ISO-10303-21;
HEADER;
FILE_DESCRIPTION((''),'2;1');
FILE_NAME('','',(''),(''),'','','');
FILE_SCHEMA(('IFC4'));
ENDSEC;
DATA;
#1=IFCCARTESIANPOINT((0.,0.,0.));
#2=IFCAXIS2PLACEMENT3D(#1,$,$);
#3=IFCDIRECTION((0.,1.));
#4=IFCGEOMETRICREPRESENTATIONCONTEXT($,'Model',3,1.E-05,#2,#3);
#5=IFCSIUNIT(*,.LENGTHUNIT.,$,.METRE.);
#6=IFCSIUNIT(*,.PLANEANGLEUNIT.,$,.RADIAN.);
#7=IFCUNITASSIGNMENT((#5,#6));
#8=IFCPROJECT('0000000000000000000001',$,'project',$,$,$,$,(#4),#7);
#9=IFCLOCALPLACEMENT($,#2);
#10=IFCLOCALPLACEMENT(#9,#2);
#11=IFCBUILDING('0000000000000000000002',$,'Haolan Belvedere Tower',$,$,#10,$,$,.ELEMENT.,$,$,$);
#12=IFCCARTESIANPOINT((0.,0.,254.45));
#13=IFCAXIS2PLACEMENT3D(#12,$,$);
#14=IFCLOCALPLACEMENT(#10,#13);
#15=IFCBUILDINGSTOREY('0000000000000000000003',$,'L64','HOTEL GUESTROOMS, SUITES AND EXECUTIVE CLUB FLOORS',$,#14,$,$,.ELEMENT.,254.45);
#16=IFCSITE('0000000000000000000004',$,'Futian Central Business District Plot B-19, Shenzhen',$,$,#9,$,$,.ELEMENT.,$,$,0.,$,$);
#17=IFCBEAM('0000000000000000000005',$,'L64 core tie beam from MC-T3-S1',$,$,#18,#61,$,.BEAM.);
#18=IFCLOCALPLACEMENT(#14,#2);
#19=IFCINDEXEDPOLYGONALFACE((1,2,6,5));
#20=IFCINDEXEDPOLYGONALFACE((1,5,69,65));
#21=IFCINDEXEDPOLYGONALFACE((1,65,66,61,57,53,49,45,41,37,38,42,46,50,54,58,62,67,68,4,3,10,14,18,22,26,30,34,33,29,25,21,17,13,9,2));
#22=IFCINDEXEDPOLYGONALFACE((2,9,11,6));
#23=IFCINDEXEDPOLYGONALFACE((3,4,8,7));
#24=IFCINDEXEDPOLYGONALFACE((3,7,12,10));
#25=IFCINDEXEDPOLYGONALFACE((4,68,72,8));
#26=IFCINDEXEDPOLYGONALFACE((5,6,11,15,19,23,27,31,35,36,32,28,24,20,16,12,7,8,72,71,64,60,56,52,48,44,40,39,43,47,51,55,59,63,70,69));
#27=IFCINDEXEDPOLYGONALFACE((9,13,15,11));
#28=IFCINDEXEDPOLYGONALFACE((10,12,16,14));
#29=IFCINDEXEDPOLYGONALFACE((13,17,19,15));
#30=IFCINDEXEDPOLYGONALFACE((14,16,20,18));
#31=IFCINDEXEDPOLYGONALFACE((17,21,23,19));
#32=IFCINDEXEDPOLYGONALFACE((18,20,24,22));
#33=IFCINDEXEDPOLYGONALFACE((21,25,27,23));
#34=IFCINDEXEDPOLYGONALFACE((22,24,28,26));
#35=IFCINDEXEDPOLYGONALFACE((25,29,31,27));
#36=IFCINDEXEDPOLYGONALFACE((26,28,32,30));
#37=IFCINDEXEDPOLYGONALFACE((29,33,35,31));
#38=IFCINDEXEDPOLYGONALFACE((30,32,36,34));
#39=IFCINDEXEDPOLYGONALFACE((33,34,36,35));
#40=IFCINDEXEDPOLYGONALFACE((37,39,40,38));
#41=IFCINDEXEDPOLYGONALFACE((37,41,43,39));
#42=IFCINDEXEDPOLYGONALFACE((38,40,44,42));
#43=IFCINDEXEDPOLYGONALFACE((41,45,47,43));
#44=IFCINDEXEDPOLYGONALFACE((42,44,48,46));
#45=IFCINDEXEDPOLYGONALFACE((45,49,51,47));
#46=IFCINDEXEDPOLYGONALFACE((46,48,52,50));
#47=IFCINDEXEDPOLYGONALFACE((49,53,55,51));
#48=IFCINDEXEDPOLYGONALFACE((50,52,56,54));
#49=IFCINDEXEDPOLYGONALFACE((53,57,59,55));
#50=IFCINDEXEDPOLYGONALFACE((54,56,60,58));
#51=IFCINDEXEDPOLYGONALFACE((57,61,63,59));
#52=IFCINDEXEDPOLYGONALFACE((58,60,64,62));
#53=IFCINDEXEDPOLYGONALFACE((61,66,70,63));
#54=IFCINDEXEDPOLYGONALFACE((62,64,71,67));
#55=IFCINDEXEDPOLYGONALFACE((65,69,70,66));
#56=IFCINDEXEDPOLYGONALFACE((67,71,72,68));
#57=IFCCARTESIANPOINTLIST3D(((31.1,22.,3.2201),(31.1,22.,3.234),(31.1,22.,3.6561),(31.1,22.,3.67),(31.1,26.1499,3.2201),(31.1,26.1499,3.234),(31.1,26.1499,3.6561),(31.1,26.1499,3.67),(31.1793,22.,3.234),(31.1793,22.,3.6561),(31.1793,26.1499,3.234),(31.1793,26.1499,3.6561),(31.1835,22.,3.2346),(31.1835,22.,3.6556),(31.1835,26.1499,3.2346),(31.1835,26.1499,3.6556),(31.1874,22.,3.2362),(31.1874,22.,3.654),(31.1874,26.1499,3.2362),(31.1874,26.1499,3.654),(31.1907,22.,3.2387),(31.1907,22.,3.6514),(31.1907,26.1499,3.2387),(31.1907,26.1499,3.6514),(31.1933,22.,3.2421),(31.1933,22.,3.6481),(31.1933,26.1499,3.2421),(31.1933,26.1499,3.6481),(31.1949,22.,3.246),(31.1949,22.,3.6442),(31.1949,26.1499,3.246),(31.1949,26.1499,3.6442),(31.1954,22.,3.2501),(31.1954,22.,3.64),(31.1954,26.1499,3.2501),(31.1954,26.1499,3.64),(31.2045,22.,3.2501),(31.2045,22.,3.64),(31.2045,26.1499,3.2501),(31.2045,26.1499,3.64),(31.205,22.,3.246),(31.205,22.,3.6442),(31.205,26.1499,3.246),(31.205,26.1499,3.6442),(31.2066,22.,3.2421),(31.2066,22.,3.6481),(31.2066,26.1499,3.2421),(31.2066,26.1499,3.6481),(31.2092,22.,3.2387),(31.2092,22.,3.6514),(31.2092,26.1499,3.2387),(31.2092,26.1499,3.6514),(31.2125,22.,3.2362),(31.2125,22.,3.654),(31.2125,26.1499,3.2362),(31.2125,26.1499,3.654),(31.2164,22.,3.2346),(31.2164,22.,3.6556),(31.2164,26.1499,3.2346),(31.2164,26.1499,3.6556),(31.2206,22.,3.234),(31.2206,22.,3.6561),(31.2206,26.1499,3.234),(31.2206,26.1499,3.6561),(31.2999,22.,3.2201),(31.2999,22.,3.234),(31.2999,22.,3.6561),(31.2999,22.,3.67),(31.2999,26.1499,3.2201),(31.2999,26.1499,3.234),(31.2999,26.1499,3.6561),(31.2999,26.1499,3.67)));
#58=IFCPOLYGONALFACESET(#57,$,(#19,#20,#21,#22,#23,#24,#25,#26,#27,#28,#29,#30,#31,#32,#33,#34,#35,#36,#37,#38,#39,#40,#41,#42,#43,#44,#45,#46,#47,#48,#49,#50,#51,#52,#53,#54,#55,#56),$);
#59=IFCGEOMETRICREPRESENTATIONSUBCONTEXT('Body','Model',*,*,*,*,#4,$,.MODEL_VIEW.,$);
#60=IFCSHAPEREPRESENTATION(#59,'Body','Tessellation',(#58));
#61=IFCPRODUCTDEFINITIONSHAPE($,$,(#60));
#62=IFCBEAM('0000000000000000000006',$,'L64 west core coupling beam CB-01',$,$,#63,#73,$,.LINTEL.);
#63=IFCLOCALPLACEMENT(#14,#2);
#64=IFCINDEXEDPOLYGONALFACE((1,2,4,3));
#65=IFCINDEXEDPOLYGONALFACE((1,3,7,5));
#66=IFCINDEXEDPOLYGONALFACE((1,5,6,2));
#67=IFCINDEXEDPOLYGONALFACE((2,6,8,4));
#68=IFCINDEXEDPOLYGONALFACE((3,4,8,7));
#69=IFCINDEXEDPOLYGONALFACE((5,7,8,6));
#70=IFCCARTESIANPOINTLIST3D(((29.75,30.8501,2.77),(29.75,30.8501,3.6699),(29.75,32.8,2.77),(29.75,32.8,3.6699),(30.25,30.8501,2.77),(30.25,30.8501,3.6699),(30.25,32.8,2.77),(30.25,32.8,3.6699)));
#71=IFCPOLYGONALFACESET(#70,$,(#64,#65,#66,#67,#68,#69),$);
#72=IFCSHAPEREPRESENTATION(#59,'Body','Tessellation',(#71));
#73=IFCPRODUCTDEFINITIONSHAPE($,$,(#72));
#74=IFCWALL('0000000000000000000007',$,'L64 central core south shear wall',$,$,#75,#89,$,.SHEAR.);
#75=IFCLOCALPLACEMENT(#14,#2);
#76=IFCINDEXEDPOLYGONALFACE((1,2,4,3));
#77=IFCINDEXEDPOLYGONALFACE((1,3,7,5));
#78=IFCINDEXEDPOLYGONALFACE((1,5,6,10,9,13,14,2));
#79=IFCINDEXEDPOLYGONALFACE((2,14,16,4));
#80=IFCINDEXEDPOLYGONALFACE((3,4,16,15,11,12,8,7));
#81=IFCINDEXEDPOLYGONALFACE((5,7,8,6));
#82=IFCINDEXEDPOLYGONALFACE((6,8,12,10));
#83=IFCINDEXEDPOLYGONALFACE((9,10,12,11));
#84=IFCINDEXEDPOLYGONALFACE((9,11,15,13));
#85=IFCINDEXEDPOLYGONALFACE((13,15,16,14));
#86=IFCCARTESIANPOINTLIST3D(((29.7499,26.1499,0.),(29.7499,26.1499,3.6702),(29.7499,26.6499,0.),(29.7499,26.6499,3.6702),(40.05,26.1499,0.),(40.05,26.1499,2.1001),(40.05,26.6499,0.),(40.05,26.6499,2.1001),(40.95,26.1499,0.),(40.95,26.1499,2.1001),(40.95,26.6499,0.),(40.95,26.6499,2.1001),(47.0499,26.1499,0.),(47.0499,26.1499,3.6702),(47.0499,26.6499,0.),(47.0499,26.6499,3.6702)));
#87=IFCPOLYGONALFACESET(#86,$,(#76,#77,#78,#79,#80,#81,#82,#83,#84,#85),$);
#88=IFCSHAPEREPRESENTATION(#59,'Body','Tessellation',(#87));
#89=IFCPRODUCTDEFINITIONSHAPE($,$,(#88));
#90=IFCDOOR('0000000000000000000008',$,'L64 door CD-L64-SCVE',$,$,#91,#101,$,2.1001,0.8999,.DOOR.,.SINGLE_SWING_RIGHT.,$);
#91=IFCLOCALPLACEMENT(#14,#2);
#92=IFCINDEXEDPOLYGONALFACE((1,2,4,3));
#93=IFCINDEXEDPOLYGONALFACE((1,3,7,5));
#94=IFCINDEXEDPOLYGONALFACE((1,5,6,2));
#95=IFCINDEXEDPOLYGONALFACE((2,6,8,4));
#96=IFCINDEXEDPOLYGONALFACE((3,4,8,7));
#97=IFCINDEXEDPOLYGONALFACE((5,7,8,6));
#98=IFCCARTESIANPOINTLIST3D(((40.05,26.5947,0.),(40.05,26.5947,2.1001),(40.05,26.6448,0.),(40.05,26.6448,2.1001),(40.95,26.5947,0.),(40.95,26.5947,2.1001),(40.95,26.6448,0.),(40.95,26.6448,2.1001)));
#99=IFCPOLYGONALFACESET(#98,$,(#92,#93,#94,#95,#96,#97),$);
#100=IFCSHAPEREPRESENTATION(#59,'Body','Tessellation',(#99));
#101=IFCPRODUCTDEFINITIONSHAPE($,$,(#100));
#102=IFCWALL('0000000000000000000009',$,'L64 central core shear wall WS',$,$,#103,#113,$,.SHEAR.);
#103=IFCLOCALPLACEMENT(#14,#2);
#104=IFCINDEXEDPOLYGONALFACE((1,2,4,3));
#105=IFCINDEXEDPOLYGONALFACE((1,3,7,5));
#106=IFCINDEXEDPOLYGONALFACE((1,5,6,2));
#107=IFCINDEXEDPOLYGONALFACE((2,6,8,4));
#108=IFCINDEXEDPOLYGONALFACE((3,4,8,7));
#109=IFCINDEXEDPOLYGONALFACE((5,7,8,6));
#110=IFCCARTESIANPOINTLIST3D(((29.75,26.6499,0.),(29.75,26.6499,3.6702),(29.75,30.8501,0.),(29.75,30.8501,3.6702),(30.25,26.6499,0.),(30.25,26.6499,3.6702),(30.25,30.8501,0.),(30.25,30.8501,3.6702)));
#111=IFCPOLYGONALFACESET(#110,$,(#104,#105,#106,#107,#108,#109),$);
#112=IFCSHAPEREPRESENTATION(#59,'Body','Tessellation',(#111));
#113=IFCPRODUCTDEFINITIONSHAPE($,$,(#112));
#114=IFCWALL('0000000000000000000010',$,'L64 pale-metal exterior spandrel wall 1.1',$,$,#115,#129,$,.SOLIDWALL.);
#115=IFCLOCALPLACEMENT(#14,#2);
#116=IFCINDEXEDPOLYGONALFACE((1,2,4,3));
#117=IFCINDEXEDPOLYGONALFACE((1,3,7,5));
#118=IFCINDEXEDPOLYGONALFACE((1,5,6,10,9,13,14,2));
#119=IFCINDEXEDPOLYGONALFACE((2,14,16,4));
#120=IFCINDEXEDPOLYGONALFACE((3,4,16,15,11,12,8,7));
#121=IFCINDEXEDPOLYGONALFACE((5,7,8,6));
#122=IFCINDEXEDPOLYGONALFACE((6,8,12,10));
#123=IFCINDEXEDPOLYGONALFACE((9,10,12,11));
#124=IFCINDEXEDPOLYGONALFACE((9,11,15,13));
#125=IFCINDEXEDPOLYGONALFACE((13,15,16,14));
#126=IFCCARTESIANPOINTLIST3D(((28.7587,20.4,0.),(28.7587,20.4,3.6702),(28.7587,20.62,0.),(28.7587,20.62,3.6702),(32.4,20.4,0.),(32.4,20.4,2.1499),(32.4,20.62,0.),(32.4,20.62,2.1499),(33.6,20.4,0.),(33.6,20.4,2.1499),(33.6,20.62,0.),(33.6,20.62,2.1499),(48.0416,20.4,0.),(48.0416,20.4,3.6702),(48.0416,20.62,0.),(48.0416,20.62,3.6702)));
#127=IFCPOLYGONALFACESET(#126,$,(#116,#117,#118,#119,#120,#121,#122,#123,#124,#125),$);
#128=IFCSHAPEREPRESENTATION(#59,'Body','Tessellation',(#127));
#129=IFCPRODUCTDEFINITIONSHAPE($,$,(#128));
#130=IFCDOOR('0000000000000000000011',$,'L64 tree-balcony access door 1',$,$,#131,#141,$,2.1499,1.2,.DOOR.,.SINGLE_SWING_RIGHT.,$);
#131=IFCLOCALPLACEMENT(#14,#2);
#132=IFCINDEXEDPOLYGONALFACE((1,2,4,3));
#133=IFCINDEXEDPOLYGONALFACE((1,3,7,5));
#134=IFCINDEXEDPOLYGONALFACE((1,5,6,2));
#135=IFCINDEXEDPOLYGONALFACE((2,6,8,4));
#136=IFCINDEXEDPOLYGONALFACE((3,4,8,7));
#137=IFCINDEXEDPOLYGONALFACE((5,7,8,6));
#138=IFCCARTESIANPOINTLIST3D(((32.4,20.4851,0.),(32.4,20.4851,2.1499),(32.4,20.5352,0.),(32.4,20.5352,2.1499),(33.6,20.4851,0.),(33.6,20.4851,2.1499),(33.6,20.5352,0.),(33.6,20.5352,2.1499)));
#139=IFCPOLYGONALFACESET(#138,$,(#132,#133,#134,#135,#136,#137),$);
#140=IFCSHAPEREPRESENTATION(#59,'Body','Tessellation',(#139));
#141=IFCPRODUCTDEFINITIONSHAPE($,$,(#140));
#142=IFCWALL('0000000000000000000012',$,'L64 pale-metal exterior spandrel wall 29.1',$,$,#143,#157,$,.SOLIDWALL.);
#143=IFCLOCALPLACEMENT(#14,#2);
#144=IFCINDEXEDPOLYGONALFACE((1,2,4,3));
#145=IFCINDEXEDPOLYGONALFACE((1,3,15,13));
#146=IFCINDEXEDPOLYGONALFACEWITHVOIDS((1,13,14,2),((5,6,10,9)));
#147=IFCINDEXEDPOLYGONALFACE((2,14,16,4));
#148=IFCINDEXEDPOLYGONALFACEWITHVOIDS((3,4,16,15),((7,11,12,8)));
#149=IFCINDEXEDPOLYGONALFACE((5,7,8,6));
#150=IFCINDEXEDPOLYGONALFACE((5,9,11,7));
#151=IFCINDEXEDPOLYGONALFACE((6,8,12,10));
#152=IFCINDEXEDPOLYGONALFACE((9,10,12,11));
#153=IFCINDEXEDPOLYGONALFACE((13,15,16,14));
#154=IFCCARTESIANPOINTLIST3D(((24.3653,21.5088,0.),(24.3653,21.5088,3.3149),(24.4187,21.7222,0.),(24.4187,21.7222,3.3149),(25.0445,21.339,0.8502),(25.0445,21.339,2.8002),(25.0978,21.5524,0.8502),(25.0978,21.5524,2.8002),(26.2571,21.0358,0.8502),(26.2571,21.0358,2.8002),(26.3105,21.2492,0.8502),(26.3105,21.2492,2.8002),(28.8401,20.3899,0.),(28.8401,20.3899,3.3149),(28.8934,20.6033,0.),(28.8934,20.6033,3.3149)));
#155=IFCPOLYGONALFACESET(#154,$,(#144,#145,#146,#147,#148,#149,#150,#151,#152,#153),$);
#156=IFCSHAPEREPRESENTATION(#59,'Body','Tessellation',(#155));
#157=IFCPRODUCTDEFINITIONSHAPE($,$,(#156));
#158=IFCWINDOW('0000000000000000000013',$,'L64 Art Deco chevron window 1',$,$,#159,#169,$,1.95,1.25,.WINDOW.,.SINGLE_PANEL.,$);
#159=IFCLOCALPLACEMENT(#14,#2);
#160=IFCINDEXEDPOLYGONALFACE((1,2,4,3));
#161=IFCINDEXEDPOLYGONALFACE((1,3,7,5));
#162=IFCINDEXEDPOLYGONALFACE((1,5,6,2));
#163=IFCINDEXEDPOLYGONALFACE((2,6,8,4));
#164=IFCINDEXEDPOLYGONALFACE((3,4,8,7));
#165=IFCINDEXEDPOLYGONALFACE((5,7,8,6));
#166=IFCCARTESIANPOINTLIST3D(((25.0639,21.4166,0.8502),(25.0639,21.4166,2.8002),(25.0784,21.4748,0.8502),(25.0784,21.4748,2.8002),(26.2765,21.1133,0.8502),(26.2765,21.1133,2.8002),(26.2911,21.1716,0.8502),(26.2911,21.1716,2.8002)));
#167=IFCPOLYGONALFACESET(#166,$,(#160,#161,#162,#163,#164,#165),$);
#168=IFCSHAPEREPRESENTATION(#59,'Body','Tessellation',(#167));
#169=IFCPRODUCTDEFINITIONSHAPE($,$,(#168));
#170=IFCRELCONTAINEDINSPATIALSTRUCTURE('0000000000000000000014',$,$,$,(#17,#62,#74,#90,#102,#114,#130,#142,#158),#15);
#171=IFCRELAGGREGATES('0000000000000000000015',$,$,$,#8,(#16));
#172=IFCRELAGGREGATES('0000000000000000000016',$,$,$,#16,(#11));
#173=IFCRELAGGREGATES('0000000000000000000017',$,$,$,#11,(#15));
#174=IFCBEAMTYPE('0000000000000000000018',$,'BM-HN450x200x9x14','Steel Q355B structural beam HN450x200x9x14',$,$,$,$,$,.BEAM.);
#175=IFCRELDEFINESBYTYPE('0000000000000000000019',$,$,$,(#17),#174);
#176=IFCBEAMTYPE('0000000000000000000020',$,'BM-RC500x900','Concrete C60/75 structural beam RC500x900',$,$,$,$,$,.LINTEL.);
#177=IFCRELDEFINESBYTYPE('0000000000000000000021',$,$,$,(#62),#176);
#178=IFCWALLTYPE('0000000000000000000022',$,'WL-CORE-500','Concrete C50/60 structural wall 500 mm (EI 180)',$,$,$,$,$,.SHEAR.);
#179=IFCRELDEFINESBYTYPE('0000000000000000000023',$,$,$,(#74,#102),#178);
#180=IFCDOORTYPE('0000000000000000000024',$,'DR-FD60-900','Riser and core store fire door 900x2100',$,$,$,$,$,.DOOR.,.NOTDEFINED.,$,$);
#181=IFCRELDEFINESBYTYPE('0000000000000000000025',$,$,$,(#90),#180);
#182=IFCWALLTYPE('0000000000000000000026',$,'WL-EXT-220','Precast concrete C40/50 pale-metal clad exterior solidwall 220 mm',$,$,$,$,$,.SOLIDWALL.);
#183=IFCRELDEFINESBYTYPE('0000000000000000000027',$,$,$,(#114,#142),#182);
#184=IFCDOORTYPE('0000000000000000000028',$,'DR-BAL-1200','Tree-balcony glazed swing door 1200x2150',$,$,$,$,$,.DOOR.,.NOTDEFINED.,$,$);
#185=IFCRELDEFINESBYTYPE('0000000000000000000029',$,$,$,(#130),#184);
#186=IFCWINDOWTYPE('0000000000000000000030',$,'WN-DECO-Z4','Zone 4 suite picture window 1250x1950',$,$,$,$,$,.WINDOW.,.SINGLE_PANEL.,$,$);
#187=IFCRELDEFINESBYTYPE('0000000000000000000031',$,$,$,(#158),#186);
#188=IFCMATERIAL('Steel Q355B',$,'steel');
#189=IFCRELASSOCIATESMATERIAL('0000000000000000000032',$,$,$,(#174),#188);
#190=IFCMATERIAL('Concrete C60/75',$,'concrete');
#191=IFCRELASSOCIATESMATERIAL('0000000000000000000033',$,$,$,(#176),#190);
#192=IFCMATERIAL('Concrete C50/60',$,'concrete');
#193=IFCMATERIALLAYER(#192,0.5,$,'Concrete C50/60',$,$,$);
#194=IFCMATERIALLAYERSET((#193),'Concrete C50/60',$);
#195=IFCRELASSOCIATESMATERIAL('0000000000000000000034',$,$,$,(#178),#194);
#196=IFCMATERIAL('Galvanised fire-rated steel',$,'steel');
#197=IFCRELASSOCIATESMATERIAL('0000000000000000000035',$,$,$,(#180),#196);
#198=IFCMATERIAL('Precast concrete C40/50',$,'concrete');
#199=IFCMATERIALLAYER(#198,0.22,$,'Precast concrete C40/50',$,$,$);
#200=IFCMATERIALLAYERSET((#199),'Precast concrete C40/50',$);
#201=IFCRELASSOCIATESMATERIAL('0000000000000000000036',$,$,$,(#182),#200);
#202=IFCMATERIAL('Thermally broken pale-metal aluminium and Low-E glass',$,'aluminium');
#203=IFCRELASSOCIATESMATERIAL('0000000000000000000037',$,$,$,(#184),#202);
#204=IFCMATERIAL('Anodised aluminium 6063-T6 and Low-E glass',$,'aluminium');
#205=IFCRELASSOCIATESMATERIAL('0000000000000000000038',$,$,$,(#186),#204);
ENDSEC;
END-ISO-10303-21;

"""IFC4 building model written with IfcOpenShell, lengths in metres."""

from ifc_helpers import new_model, si_unit, direction, frame, frame_2d, origin, origin_2d, place, context, subcontext, project, spatial, rectangle, i_section, extrude, material, layer, layer_set, material_profile, profile_set, type_object, element, fill, save


model = new_model("IFC4")

# Units and contexts
model_context = context("Model", 3, precision=1e-05, world=origin(), true_north=direction((0.0, 1.0)))
body_context = subcontext(model_context, "Body", "Model", "MODEL_VIEW")
ifc_project = project(units=[si_unit("LENGTHUNIT", "METRE"), si_unit("PLANEANGLEUNIT", "RADIAN")], contexts=[model_context])

# Site, building, storey
site_placement = place(None, origin())
site = spatial("IfcSite", under=ifc_project, at=site_placement, Name="Futian Central Business District Plot B-19, Shenzhen", CompositionType="ELEMENT", RefElevation=0.0)
building_placement = place(site_placement, origin())
building = spatial("IfcBuilding", under=site, at=building_placement, Name="Haolan Belvedere Tower", CompositionType="ELEMENT")
storey_placement = place(building_placement, frame((0.0, 0.0, 254.45)))
storey = spatial("IfcBuildingStorey", under=building, at=storey_placement, Name="L64", Description="HOTEL GUESTROOMS, SUITES AND EXECUTIVE CLUB FLOORS", CompositionType="ELEMENT", Elevation=254.45)

# Beams
ifc_material_1 = material(Name="Steel Q355B", Category="steel")
ifc_material_profile_1 = material_profile(ifc_material_1, i_section(OverallWidth=0.2, OverallDepth=0.45, WebThickness=0.009, FlangeThickness=0.0139, FilletRadius=0.0161, at=origin_2d()), Name="Steel Q355B")
ifc_profile_set_1 = profile_set([ifc_material_profile_1], Name="Steel Q355B")
beam_type_1 = type_object("IfcBeamType", Name="BM-HN450x200x9x14", Description="Steel Q355B structural beam HN450x200x9x14", PredefinedType="BEAM", material=ifc_profile_set_1)
beam_1_placement = place(storey_placement, frame((31.2, 22.0, 3.4451), z_axis=(0.0, 1.0, 0.0), x_axis=(-1.0, 0.0, 0.0)))
element("IfcBeam", 1, at=beam_1_placement, inside=storey, type_object=beam_type_1, Name="L64 core tie beam from MC-T3-S1", PredefinedType="BEAM", context=body_context, shape_type="SweptSolid", body=[
    extrude(i_section(OverallWidth=0.2, OverallDepth=0.45, WebThickness=0.009, FlangeThickness=0.0139, FilletRadius=0.0161, at=origin_2d()), origin(), (0.0, 0.0, 1.0), 4.1499),
])
ifc_material_2 = material(Name="Concrete C60/75", Category="concrete")
ifc_material_profile_2 = material_profile(ifc_material_2, rectangle(XDim=0.5, YDim=0.8999, at=origin_2d()), Name="Concrete C60/75")
ifc_profile_set_2 = profile_set([ifc_material_profile_2], Name="Concrete C60/75")
beam_type_2 = type_object("IfcBeamType", Name="BM-RC500x900", Description="Concrete C60/75 structural beam RC500x900", PredefinedType="LINTEL", material=ifc_profile_set_2)
beam_2_placement = place(storey_placement, frame((30.0, 30.8501, 3.22), z_axis=(0.0, 1.0, 0.0), x_axis=(-1.0, 0.0, 0.0)))
element("IfcBeam", 2, at=beam_2_placement, inside=storey, type_object=beam_type_2, Name="L64 west core coupling beam CB-01", PredefinedType="LINTEL", context=body_context, shape_type="SweptSolid", body=[
    extrude(rectangle(XDim=0.5, YDim=0.8999, at=origin_2d()), origin(), (0.0, 0.0, 1.0), 1.95),
])

# Wall, opening, door
ifc_material_3 = material(Name="Concrete C50/60", Category="concrete")
ifc_layer_1 = layer(ifc_material_3, 0.5, Name="Concrete C50/60")
ifc_layer_set_1 = layer_set([ifc_layer_1], Name="Concrete C50/60")
wall_type_1 = type_object("IfcWallType", Name="WL-CORE-500", Description="Concrete C50/60 structural wall 500 mm (EI 180)", PredefinedType="SHEAR", material=ifc_layer_set_1)
wall_1_placement = place(storey_placement, frame((29.75, 26.3999, 0.0), z_axis=(0.0, 0.0, 1.0), x_axis=(1.0, 0.0, 0.0)))
wall_1 = element("IfcWall", 3, at=wall_1_placement, inside=storey, type_object=wall_type_1, Name="L64 central core south shear wall", PredefinedType="SHEAR", context=body_context, shape_type="SweptSolid", body=[
    extrude(rectangle(XDim=17.3, YDim=0.5, at=frame_2d((8.6499, 0.0))), origin(), (0.0, 0.0, 1.0), 3.6702),
])
opening_1_placement = place(wall_1_placement, frame((11.2, 0.0, 0.0), z_axis=(0.0, 0.0, 1.0), x_axis=(-1.0, 0.0, 0.0)))
opening_1 = element("IfcOpeningElement", 4, at=opening_1_placement, cuts=wall_1, PredefinedType="OPENING", context=body_context, shape_type="SweptSolid", body=[
    extrude(rectangle(XDim=0.8999, YDim=2.1001, at=frame_2d((0.45, 1.05))), frame((0.0, 0.26, 0.0), z_axis=(0.0, -1.0, 0.0), x_axis=(1.0, 0.0, 0.0)), (0.0, 0.0, 1.0), 0.52),
])
ifc_material_4 = material(Name="Galvanised fire-rated steel", Category="steel")
door_type_1 = type_object("IfcDoorType", Name="DR-FD60-900", Description="Riser and core store fire door 900x2100", OperationType="NOTDEFINED", PredefinedType="DOOR", material=ifc_material_4)
door_1_placement = place(opening_1_placement, origin())
door_1 = element("IfcDoor", 5, at=door_1_placement, inside=storey, type_object=door_type_1, Name="L64 door CD-L64-SCVE", OperationType="SINGLE_SWING_RIGHT", OverallHeight=2.1001, OverallWidth=0.8999, PredefinedType="DOOR", context=body_context, shape_type="SweptSolid", body=[
    extrude(rectangle(XDim=0.8999, YDim=2.1001, at=frame_2d((0.45, 1.05))), frame((0.0, -0.1948, 0.0), z_axis=(0.0, -1.0, 0.0), x_axis=(1.0, 0.0, 0.0)), (0.0, 0.0, 1.0), 0.05),
])
fill(opening_1, door_1)

# Wall
wall_2_placement = place(storey_placement, frame((30.0, 26.6499, 0.0), z_axis=(0.0, 0.0, 1.0), x_axis=(0.0, 1.0, 0.0)))
element("IfcWall", 6, at=wall_2_placement, inside=storey, type_object=wall_type_1, Name="L64 central core shear wall WS", PredefinedType="SHEAR", context=body_context, shape_type="SweptSolid", body=[
    extrude(rectangle(XDim=4.2002, YDim=0.5, at=frame_2d((2.1001, 0.0))), origin(), (0.0, 0.0, 1.0), 3.6702),
])

# Wall, opening, door
ifc_material_5 = material(Name="Precast concrete C40/50", Category="concrete")
ifc_layer_2 = layer(ifc_material_5, 0.22, Name="Precast concrete C40/50")
ifc_layer_set_2 = layer_set([ifc_layer_2], Name="Precast concrete C40/50")
wall_type_2 = type_object("IfcWallType", Name="WL-EXT-220", Description="Precast concrete C40/50 pale-metal clad exterior solidwall 220 mm", PredefinedType="SOLIDWALL", material=ifc_layer_set_2)
wall_3_placement = place(storey_placement, frame((28.7585, 20.51, 0.0), z_axis=(0.0, 0.0, 1.0), x_axis=(1.0, 0.0, 0.0)))
wall_3 = element("IfcWall", 7, at=wall_3_placement, inside=storey, type_object=wall_type_2, Name="L64 pale-metal exterior spandrel wall 1.1", PredefinedType="SOLIDWALL", context=body_context, shape_type="SweptSolid", body=[
    extrude(rectangle(XDim=19.283, YDim=0.22, at=frame_2d((9.6416, 0.0))), origin(), (0.0, 0.0, 1.0), 3.6702),
])
opening_2_placement = place(wall_3_placement, frame((4.8416, 0.0, 0.0), z_axis=(0.0, 0.0, 1.0), x_axis=(-1.0, 0.0, 0.0)))
opening_2 = element("IfcOpeningElement", 8, at=opening_2_placement, cuts=wall_3, PredefinedType="OPENING", context=body_context, shape_type="SweptSolid", body=[
    extrude(rectangle(XDim=1.2, YDim=2.1499, at=frame_2d((0.6001, 1.075))), frame((0.0, 0.1199, 0.0), z_axis=(0.0, -1.0, 0.0), x_axis=(1.0, 0.0, 0.0)), (0.0, 0.0, 1.0), 0.24),
])
ifc_material_6 = material(Name="Thermally broken pale-metal aluminium and Low-E glass", Category="aluminium")
door_type_2 = type_object("IfcDoorType", Name="DR-BAL-1200", Description="Tree-balcony glazed swing door 1200x2150", OperationType="NOTDEFINED", PredefinedType="DOOR", material=ifc_material_6)
door_2_placement = place(opening_2_placement, origin())
door_2 = element("IfcDoor", 9, at=door_2_placement, inside=storey, type_object=door_type_2, Name="L64 tree-balcony access door 1", OperationType="SINGLE_SWING_RIGHT", OverallHeight=2.1499, OverallWidth=1.2, PredefinedType="DOOR", context=body_context, shape_type="SweptSolid", body=[
    extrude(rectangle(XDim=1.2, YDim=2.1499, at=frame_2d((0.6001, 1.075))), frame((0.0, 0.0249, 0.0), z_axis=(0.0, -1.0, 0.0), x_axis=(1.0, 0.0, 0.0)), (0.0, 0.0, 1.0), 0.05),
])
fill(opening_2, door_2)

# Wall, opening, window
wall_4_placement = place(storey_placement, frame((24.3921, 21.6155, 0.0), z_axis=(0.0, 0.0, 1.0), x_axis=(0.970133, -0.242573, 0.0)))
wall_4 = element("IfcWall", 10, at=wall_4_placement, inside=storey, type_object=wall_type_2, Name="L64 pale-metal exterior spandrel wall 29.1", PredefinedType="SOLIDWALL", context=body_context, shape_type="SweptSolid", body=[
    extrude(rectangle(XDim=4.6125, YDim=0.22, at=frame_2d((2.3062, 0.0))), origin(), (0.0, 0.0, 1.0), 3.3149),
])
opening_3_placement = place(wall_4_placement, frame((0.7, 0.0, 0.8501)))
opening_3 = element("IfcOpeningElement", 11, at=opening_3_placement, cuts=wall_4, PredefinedType="OPENING", context=body_context, shape_type="SweptSolid", body=[
    extrude(rectangle(XDim=1.25, YDim=1.95, at=frame_2d((0.625, 0.9751))), frame((0.0, 0.1199, 0.0), z_axis=(0.0, -1.0, 0.0), x_axis=(1.0, 0.0, 0.0)), (0.0, 0.0, 1.0), 0.24),
])
ifc_material_7 = material(Name="Anodised aluminium 6063-T6 and Low-E glass", Category="aluminium")
window_type = type_object("IfcWindowType", Name="WN-DECO-Z4", Description="Zone 4 suite picture window 1250x1950", PartitioningType="SINGLE_PANEL", PredefinedType="WINDOW", material=ifc_material_7)
window_placement = place(opening_3_placement, origin())
window = element("IfcWindow", 12, at=window_placement, inside=storey, type_object=window_type, Name="L64 Art Deco chevron window 1", OverallHeight=1.95, OverallWidth=1.25, PartitioningType="SINGLE_PANEL", PredefinedType="WINDOW", context=body_context, shape_type="SweptSolid", body=[
    extrude(rectangle(XDim=1.25, YDim=1.95, at=frame_2d((0.625, 0.9751))), frame((0.0, 0.03, 0.0), z_axis=(0.0, -1.0, 0.0), x_axis=(1.0, 0.0, 0.0)), (0.0, 0.0, 1.0), 0.0601),
])
fill(opening_3, window)

save(model, "model.ifc")
